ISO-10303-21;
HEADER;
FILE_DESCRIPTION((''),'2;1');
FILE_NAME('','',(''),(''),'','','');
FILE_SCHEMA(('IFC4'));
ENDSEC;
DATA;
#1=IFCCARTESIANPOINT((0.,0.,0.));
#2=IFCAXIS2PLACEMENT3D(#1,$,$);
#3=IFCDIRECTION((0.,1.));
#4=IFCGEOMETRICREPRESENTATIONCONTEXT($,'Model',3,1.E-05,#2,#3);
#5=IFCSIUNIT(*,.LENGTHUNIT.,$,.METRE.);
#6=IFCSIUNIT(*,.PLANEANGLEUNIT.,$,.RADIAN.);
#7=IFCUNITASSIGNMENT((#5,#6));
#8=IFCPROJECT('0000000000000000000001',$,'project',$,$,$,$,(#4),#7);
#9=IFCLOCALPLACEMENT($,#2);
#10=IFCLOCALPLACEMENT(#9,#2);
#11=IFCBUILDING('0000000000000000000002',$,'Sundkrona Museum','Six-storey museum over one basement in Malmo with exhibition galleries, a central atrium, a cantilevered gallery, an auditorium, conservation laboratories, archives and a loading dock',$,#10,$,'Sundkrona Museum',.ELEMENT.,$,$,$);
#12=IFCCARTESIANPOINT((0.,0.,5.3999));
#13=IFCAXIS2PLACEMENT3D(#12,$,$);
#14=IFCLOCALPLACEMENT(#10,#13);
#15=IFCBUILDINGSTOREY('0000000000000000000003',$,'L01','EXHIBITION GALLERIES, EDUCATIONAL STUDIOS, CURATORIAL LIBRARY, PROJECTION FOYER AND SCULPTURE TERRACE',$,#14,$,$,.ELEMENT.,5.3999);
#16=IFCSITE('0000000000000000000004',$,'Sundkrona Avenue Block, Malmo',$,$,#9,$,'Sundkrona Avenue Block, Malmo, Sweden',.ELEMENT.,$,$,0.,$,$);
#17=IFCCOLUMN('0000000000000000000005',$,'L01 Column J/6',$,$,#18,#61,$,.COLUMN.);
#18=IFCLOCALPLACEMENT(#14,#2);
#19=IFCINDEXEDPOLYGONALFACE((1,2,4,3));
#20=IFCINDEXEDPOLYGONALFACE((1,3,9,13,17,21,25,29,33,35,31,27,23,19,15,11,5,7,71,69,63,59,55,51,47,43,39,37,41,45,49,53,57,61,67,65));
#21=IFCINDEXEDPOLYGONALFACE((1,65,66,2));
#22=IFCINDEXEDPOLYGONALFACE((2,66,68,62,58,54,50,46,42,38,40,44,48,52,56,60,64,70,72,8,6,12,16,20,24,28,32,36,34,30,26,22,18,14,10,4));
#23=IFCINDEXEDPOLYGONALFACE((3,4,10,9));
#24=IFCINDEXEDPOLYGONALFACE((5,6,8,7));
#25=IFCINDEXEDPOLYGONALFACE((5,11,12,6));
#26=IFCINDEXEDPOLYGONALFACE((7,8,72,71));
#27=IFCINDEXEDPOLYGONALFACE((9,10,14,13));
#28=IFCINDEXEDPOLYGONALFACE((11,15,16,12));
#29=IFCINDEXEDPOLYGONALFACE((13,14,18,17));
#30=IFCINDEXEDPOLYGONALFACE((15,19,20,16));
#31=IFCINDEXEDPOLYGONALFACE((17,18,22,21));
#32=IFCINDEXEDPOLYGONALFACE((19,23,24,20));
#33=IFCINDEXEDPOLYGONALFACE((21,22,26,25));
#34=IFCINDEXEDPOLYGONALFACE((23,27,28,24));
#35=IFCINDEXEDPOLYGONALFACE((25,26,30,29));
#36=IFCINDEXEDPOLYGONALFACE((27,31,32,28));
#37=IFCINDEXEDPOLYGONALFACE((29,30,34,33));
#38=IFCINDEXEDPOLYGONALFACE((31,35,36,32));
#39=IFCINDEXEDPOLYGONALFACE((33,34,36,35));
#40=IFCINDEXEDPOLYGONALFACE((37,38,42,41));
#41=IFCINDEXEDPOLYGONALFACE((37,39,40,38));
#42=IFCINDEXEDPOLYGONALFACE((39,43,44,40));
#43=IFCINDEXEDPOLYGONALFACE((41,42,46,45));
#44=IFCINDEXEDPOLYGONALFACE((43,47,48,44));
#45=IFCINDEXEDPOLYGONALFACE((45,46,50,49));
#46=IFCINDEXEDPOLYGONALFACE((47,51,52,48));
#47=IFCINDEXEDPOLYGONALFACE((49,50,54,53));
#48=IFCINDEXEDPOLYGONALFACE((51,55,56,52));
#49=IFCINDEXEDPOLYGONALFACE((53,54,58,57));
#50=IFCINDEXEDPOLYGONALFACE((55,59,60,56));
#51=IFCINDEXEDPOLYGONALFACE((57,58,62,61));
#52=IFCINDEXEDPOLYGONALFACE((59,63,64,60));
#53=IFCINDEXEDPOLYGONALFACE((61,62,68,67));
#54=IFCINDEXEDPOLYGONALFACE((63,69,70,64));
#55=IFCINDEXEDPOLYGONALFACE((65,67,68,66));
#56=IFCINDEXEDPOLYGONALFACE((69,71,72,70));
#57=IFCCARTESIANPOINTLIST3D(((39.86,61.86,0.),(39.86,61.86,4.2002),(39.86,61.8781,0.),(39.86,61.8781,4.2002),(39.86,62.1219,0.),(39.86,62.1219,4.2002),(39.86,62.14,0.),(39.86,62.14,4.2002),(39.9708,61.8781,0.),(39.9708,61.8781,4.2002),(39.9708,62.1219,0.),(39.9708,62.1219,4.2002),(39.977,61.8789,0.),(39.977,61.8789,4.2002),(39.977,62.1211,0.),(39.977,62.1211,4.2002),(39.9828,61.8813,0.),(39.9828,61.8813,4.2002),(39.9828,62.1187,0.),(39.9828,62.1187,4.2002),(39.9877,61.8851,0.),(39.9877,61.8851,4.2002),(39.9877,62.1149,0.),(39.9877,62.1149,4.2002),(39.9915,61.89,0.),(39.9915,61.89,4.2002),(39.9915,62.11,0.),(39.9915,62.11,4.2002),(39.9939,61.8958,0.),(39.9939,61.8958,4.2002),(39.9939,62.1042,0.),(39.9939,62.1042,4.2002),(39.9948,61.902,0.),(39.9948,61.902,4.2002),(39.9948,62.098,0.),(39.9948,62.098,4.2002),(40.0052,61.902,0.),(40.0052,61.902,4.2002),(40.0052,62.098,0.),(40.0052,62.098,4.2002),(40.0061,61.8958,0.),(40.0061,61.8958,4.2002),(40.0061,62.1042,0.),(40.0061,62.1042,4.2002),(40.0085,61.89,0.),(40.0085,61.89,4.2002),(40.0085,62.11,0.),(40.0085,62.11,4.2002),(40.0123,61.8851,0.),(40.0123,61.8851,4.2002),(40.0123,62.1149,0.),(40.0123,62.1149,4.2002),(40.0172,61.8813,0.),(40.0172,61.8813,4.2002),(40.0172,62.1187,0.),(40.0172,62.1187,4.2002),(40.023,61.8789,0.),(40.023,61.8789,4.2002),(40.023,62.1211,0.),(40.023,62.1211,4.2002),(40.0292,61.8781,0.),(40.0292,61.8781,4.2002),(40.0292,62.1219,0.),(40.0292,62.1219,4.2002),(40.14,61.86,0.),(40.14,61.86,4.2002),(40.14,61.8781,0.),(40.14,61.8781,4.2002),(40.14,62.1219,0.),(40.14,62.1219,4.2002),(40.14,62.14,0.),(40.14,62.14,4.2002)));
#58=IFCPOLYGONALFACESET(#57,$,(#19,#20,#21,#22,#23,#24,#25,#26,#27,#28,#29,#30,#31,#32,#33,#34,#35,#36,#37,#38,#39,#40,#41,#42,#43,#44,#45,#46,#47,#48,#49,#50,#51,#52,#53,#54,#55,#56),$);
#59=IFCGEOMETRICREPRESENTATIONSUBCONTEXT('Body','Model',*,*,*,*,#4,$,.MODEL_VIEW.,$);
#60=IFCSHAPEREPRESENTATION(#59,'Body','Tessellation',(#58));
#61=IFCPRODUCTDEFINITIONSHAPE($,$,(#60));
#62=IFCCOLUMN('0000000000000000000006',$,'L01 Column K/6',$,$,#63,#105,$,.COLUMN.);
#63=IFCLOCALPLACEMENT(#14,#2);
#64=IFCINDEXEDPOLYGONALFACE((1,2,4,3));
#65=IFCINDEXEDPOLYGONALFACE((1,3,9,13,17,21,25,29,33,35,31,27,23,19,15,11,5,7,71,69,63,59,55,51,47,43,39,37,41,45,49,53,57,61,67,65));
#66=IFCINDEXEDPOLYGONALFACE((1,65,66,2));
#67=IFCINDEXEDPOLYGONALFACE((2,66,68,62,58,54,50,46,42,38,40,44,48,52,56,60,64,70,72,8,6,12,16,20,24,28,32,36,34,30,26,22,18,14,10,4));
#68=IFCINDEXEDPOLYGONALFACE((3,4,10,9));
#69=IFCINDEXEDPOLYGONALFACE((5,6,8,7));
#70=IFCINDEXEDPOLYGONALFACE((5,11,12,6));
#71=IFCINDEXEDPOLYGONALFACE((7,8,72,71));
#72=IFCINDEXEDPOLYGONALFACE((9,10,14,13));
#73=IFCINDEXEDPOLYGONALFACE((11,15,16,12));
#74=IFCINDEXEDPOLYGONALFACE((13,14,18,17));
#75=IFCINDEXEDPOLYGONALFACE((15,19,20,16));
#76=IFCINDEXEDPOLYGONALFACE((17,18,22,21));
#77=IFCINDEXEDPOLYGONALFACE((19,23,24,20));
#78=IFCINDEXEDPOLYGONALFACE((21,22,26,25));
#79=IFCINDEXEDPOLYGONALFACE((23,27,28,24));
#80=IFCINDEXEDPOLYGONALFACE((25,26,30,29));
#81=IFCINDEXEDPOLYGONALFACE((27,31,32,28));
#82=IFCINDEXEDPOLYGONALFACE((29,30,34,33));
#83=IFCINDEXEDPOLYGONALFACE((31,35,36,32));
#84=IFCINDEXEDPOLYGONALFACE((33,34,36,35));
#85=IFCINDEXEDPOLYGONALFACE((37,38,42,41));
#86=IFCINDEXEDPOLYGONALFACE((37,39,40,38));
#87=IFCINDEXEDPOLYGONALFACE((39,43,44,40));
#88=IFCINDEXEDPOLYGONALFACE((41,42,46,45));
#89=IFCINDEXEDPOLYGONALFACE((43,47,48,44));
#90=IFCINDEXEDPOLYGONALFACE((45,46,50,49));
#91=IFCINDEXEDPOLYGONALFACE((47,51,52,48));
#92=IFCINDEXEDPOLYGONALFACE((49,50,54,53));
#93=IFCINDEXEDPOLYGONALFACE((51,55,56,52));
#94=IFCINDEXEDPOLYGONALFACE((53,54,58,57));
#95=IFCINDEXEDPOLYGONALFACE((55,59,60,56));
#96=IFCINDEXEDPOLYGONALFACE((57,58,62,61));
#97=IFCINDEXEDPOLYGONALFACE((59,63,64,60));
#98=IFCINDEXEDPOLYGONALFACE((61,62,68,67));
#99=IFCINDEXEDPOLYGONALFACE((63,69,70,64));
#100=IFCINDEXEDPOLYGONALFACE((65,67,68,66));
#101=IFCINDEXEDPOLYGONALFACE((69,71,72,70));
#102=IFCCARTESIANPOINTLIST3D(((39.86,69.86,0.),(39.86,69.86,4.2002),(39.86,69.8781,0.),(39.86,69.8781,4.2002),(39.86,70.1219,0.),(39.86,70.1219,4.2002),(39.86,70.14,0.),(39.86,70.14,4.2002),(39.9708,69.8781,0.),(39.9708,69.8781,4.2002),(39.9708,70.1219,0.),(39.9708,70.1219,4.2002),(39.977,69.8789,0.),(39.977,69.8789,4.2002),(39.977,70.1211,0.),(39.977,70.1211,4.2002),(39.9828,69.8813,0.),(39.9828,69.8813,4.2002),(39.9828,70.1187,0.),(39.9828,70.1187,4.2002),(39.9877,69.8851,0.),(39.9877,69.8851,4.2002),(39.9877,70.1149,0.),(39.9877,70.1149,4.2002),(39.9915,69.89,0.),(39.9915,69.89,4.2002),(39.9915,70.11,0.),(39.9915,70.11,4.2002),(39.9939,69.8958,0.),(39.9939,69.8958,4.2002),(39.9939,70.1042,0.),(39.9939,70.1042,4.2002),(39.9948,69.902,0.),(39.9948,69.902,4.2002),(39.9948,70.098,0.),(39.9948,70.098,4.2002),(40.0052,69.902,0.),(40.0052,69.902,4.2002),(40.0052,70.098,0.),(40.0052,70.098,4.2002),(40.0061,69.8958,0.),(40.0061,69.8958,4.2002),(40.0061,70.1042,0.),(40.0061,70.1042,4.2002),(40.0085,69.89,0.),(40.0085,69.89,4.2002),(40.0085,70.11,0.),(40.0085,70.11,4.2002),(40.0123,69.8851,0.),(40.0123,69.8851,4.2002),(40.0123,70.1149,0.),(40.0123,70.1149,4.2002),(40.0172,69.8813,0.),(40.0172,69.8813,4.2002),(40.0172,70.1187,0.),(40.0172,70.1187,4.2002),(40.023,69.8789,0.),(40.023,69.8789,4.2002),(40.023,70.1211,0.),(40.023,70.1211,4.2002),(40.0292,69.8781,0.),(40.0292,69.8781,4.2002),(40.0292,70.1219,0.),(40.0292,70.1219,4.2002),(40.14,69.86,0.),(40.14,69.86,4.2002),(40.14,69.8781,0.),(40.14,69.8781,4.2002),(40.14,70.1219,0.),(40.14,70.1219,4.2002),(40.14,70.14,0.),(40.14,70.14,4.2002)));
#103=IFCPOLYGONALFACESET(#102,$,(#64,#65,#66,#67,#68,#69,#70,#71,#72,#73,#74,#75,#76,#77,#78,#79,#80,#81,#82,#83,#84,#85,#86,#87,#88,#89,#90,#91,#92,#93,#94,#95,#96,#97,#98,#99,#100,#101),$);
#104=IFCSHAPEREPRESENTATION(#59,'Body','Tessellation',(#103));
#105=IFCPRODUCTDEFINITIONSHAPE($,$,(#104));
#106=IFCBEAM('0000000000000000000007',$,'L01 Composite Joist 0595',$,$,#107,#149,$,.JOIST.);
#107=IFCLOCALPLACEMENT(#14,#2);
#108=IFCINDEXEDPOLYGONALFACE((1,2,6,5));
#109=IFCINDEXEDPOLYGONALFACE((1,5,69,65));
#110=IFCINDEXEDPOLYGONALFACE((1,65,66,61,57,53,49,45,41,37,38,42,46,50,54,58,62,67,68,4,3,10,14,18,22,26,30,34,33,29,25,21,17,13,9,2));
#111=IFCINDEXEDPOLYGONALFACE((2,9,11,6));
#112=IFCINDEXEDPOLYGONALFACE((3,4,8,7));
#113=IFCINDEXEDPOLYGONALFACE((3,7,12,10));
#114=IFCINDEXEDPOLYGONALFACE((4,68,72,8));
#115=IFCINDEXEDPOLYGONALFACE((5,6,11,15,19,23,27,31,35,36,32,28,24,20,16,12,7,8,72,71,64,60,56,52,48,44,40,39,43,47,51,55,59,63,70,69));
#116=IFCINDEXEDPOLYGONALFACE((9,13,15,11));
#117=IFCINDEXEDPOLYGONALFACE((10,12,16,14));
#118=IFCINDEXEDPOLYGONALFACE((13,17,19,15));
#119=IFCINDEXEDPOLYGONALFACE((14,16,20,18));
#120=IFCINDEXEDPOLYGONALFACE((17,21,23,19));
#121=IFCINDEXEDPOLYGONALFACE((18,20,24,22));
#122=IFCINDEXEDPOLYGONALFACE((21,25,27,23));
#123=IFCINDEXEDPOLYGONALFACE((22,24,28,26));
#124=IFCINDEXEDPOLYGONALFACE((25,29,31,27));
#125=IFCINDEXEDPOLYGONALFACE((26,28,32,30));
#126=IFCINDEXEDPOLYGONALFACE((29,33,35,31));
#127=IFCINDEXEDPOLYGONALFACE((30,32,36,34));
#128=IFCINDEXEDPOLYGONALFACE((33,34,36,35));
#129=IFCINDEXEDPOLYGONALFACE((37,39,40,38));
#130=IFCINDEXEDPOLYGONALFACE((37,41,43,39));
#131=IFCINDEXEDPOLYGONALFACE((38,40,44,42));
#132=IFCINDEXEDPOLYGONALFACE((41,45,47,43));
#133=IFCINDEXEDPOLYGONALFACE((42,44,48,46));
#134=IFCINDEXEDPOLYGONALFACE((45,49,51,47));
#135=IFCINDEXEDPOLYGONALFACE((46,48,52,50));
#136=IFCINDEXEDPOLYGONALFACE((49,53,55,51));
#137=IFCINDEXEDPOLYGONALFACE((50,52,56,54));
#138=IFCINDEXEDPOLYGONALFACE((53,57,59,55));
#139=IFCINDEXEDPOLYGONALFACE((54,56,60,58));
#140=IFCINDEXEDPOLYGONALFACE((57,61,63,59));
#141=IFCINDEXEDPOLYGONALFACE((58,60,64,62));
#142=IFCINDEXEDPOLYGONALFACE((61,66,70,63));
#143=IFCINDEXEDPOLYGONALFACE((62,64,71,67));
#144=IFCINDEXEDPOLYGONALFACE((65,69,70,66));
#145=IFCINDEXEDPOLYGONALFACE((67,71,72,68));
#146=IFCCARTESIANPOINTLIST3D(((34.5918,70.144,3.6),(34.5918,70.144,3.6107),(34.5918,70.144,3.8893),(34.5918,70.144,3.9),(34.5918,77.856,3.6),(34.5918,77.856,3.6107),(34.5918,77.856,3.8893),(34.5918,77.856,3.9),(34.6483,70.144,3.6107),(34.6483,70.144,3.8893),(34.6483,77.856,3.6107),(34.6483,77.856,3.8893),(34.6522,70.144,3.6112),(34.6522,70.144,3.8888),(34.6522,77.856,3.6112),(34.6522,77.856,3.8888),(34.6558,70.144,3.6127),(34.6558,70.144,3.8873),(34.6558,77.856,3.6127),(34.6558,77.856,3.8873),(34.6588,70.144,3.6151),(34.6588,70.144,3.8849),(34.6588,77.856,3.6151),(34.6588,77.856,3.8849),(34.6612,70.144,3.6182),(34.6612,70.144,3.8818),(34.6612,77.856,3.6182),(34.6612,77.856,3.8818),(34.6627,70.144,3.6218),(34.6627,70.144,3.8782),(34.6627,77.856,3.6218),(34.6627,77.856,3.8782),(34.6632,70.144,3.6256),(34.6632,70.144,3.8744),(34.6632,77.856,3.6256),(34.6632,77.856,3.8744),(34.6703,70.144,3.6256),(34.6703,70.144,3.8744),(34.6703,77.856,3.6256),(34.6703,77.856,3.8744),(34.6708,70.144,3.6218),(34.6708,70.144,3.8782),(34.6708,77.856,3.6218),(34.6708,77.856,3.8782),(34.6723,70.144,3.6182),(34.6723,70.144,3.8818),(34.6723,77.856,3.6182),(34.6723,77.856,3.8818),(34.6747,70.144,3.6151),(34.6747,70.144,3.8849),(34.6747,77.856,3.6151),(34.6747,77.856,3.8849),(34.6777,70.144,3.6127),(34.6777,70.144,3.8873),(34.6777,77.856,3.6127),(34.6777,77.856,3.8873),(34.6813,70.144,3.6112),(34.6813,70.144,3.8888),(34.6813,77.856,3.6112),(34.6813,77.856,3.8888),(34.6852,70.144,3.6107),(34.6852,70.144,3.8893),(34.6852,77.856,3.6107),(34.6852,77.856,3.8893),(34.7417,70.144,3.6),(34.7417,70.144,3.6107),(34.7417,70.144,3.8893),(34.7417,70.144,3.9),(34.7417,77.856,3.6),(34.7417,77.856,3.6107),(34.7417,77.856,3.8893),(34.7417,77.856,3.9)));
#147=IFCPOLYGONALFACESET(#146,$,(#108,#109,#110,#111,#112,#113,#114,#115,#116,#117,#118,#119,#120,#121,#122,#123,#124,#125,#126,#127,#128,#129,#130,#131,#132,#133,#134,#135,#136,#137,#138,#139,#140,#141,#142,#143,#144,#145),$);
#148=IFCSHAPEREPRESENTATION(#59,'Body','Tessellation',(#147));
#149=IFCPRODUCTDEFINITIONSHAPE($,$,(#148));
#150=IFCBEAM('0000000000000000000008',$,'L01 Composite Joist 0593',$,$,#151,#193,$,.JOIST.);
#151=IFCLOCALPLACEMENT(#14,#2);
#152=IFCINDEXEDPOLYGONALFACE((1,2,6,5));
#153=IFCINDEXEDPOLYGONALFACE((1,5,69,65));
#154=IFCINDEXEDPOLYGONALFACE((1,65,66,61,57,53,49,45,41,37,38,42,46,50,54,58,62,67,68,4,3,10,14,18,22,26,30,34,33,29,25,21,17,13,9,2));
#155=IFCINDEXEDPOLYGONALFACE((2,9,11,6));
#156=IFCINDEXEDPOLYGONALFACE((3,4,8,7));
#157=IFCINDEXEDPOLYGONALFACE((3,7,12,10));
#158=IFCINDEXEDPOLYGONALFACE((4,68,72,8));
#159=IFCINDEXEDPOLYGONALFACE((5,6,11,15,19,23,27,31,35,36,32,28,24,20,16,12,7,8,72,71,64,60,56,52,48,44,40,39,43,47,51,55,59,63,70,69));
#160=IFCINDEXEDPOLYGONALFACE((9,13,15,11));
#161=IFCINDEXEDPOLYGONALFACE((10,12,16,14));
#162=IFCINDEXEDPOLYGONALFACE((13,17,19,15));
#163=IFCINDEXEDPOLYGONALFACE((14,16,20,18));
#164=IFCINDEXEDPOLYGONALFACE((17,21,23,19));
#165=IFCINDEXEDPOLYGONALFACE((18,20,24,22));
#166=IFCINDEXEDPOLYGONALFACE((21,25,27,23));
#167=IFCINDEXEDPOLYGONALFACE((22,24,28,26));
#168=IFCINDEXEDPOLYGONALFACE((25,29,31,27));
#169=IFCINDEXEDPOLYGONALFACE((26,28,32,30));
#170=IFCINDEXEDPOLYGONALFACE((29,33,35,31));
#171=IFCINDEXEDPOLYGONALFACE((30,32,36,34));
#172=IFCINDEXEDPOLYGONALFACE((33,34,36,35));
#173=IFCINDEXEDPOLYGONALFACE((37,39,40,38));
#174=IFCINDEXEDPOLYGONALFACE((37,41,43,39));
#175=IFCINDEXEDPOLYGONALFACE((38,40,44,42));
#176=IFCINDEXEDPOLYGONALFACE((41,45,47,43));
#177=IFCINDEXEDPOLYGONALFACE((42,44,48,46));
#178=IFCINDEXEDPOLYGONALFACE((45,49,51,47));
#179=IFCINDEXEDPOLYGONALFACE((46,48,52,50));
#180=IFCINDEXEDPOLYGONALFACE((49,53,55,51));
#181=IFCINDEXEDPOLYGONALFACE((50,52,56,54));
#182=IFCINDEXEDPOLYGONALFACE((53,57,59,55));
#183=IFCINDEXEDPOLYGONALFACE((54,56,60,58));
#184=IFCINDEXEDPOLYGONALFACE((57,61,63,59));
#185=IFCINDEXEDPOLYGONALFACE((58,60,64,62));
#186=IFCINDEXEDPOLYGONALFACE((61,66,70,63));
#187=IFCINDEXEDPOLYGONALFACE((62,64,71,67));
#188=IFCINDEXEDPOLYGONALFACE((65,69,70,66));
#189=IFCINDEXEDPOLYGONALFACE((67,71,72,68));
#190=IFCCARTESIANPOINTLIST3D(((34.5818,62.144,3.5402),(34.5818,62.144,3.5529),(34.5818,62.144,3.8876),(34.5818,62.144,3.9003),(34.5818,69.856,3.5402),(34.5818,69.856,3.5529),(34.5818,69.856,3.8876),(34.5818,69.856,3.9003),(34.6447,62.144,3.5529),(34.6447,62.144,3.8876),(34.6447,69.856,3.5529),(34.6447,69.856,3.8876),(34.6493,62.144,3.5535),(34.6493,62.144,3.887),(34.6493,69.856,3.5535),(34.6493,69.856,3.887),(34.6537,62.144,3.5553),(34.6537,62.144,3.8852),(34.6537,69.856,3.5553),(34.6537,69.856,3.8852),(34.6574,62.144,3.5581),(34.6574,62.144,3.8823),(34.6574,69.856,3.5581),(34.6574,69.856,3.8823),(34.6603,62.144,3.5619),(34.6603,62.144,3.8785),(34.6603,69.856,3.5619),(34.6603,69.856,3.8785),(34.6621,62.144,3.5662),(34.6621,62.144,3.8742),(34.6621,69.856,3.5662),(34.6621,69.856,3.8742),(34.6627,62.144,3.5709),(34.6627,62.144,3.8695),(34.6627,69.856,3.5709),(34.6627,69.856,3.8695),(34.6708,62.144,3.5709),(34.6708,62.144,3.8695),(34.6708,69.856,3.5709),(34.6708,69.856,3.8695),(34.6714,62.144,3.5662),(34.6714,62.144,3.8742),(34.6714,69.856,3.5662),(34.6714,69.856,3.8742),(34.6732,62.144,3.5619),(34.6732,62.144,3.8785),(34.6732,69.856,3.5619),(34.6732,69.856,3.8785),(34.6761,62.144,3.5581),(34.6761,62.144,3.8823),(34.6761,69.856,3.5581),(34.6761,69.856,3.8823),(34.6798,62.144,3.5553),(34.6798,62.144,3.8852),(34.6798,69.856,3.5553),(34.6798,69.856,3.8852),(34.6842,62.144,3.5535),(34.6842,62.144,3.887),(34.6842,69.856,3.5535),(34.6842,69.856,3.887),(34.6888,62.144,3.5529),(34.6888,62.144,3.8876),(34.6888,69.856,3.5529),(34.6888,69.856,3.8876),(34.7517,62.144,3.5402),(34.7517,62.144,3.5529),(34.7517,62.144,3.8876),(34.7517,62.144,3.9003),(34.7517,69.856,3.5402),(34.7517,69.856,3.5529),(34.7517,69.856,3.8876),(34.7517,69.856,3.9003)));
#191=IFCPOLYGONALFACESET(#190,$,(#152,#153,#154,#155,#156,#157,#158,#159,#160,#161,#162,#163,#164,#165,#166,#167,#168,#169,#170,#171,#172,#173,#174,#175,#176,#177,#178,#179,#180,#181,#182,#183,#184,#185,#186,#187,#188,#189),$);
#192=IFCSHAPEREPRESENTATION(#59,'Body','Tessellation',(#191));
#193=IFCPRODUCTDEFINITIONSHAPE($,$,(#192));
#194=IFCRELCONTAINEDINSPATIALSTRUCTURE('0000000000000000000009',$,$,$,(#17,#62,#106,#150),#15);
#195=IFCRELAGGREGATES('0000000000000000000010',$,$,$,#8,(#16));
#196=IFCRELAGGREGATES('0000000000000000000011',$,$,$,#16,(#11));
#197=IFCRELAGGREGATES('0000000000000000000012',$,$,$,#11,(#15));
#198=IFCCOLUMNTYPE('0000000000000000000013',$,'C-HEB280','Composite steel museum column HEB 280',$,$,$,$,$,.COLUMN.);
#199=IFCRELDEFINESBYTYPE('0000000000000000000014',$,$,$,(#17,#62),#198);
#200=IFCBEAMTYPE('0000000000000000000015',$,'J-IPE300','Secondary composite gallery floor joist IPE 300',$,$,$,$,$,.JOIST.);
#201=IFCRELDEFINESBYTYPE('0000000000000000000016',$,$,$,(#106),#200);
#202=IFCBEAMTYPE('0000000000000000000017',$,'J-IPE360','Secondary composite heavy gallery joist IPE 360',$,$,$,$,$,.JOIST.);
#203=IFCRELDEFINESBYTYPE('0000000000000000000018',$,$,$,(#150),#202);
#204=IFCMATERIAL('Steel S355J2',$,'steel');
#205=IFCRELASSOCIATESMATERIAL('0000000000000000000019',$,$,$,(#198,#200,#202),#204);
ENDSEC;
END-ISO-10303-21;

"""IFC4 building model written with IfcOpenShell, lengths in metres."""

from ifc_helpers import new_model, si_unit, direction, frame, origin, origin_2d, place, context, subcontext, project, spatial, i_section, extrude, material, material_profile, profile_set, type_object, element, save


model = new_model("IFC4")

# Units and contexts
model_context = context("Model", 3, precision=1e-05, world=origin(), true_north=direction((0.0, 1.0)))
body_context = subcontext(model_context, "Body", "Model", "MODEL_VIEW")
ifc_project = project(units=[si_unit("LENGTHUNIT", "METRE"), si_unit("PLANEANGLEUNIT", "RADIAN")], contexts=[model_context])

# Site, building, storey
site_placement = place(None, origin())
site = spatial("IfcSite", under=ifc_project, at=site_placement, Name="Sundkrona Avenue Block, Malmo", LongName="Sundkrona Avenue Block, Malmo, Sweden", CompositionType="ELEMENT", RefElevation=0.0)
building_placement = place(site_placement, origin())
building = spatial("IfcBuilding", under=site, at=building_placement, Name="Sundkrona Museum", Description="Six-storey museum over one basement in Malmo with exhibition galleries, a central atrium, a cantilevered gallery, an auditorium, conservation laboratories, archives and a loading dock", LongName="Sundkrona Museum", CompositionType="ELEMENT")
storey_placement = place(building_placement, frame((0.0, 0.0, 5.3999)))
storey = spatial("IfcBuildingStorey", under=building, at=storey_placement, Name="L01", Description="EXHIBITION GALLERIES, EDUCATIONAL STUDIOS, CURATORIAL LIBRARY, PROJECTION FOYER AND SCULPTURE TERRACE", CompositionType="ELEMENT", Elevation=5.3999)

# Columns
ifc_material_1 = material(Name="Steel S355J2", Category="steel")
ifc_material_profile_1 = material_profile(ifc_material_1, i_section(OverallWidth=0.28, OverallDepth=0.28, WebThickness=0.0105, FlangeThickness=0.0181, FilletRadius=0.0239, at=origin_2d()), Name="HEB 280")
ifc_profile_set_1 = profile_set([ifc_material_profile_1], Name="Steel S355J2")
column_type = type_object("IfcColumnType", Name="C-HEB280", Description="Composite steel museum column HEB 280", PredefinedType="COLUMN", material=ifc_profile_set_1)
for number, where, z_axis, x_axis, name in (
    (1, (40.0, 62.0, 0.0), (0.0, 0.0, 1.0), (1.0, 0.0, 0.0), "L01 Column J/6"),
    (2, (40.0, 70.0, 0.0), (0.0, 0.0, 1.0), (1.0, 0.0, 0.0), "L01 Column K/6"),
):
    element("IfcColumn", number, at=place(storey_placement, frame(where, z_axis=z_axis, x_axis=x_axis)), inside=storey, type_object=column_type, Name=name, PredefinedType="COLUMN", context=body_context, shape_type="SweptSolid", body=[
        extrude(i_section(OverallWidth=0.28, OverallDepth=0.28, WebThickness=0.0105, FlangeThickness=0.0181, FilletRadius=0.0239, at=origin_2d()), origin(), (0.0, 0.0, 1.0), 4.2002),
    ])

# Beams
ifc_material_profile_2 = material_profile(ifc_material_1, i_section(OverallWidth=0.1499, OverallDepth=0.3, WebThickness=0.0071, FlangeThickness=0.0107, FilletRadius=0.0149, at=origin_2d()), Name="IPE 300")
ifc_profile_set_2 = profile_set([ifc_material_profile_2], Name="Steel S355J2")
beam_type_1 = type_object("IfcBeamType", Name="J-IPE300", Description="Secondary composite gallery floor joist IPE 300", PredefinedType="JOIST", material=ifc_profile_set_2)
beam_placement = place(storey_placement, frame((34.6667, 70.144, 3.75), z_axis=(0.0, 1.0, 0.0), x_axis=(-1.0, 0.0, 0.0)))
element("IfcBeam", 3, at=beam_placement, inside=storey, type_object=beam_type_1, Name="L01 Composite Joist 0595", PredefinedType="JOIST", context=body_context, shape_type="SweptSolid", body=[
    extrude(i_section(OverallWidth=0.1499, OverallDepth=0.3, WebThickness=0.0071, FlangeThickness=0.0107, FilletRadius=0.0149, at=origin_2d()), origin(), (0.0, 0.0, 1.0), 7.7119),
])
ifc_material_profile_3 = material_profile(ifc_material_1, i_section(OverallWidth=0.1699, OverallDepth=0.3601, WebThickness=0.0081, FlangeThickness=0.0127, FilletRadius=0.0181, at=origin_2d()), Name="IPE 360")
ifc_profile_set_3 = profile_set([ifc_material_profile_3], Name="Steel S355J2")
beam_type_2 = type_object("IfcBeamType", Name="J-IPE360", Description="Secondary composite heavy gallery joist IPE 360", PredefinedType="JOIST", material=ifc_profile_set_3)
for number, where, z_axis, x_axis, name in (
    (4, (34.6667, 62.144, 3.7202), (0.0, 1.0, 0.0), (-1.0, 0.0, 0.0), "L01 Composite Joist 0593"),
):
    element("IfcBeam", number, at=place(storey_placement, frame(where, z_axis=z_axis, x_axis=x_axis)), inside=storey, type_object=beam_type_2, Name=name, PredefinedType="JOIST", context=body_context, shape_type="SweptSolid", body=[
        extrude(i_section(OverallWidth=0.1699, OverallDepth=0.3601, WebThickness=0.0081, FlangeThickness=0.0127, FilletRadius=0.0181, at=origin_2d()), origin(), (0.0, 0.0, 1.0), 7.7119),
    ])

save(model, "model.ifc")
